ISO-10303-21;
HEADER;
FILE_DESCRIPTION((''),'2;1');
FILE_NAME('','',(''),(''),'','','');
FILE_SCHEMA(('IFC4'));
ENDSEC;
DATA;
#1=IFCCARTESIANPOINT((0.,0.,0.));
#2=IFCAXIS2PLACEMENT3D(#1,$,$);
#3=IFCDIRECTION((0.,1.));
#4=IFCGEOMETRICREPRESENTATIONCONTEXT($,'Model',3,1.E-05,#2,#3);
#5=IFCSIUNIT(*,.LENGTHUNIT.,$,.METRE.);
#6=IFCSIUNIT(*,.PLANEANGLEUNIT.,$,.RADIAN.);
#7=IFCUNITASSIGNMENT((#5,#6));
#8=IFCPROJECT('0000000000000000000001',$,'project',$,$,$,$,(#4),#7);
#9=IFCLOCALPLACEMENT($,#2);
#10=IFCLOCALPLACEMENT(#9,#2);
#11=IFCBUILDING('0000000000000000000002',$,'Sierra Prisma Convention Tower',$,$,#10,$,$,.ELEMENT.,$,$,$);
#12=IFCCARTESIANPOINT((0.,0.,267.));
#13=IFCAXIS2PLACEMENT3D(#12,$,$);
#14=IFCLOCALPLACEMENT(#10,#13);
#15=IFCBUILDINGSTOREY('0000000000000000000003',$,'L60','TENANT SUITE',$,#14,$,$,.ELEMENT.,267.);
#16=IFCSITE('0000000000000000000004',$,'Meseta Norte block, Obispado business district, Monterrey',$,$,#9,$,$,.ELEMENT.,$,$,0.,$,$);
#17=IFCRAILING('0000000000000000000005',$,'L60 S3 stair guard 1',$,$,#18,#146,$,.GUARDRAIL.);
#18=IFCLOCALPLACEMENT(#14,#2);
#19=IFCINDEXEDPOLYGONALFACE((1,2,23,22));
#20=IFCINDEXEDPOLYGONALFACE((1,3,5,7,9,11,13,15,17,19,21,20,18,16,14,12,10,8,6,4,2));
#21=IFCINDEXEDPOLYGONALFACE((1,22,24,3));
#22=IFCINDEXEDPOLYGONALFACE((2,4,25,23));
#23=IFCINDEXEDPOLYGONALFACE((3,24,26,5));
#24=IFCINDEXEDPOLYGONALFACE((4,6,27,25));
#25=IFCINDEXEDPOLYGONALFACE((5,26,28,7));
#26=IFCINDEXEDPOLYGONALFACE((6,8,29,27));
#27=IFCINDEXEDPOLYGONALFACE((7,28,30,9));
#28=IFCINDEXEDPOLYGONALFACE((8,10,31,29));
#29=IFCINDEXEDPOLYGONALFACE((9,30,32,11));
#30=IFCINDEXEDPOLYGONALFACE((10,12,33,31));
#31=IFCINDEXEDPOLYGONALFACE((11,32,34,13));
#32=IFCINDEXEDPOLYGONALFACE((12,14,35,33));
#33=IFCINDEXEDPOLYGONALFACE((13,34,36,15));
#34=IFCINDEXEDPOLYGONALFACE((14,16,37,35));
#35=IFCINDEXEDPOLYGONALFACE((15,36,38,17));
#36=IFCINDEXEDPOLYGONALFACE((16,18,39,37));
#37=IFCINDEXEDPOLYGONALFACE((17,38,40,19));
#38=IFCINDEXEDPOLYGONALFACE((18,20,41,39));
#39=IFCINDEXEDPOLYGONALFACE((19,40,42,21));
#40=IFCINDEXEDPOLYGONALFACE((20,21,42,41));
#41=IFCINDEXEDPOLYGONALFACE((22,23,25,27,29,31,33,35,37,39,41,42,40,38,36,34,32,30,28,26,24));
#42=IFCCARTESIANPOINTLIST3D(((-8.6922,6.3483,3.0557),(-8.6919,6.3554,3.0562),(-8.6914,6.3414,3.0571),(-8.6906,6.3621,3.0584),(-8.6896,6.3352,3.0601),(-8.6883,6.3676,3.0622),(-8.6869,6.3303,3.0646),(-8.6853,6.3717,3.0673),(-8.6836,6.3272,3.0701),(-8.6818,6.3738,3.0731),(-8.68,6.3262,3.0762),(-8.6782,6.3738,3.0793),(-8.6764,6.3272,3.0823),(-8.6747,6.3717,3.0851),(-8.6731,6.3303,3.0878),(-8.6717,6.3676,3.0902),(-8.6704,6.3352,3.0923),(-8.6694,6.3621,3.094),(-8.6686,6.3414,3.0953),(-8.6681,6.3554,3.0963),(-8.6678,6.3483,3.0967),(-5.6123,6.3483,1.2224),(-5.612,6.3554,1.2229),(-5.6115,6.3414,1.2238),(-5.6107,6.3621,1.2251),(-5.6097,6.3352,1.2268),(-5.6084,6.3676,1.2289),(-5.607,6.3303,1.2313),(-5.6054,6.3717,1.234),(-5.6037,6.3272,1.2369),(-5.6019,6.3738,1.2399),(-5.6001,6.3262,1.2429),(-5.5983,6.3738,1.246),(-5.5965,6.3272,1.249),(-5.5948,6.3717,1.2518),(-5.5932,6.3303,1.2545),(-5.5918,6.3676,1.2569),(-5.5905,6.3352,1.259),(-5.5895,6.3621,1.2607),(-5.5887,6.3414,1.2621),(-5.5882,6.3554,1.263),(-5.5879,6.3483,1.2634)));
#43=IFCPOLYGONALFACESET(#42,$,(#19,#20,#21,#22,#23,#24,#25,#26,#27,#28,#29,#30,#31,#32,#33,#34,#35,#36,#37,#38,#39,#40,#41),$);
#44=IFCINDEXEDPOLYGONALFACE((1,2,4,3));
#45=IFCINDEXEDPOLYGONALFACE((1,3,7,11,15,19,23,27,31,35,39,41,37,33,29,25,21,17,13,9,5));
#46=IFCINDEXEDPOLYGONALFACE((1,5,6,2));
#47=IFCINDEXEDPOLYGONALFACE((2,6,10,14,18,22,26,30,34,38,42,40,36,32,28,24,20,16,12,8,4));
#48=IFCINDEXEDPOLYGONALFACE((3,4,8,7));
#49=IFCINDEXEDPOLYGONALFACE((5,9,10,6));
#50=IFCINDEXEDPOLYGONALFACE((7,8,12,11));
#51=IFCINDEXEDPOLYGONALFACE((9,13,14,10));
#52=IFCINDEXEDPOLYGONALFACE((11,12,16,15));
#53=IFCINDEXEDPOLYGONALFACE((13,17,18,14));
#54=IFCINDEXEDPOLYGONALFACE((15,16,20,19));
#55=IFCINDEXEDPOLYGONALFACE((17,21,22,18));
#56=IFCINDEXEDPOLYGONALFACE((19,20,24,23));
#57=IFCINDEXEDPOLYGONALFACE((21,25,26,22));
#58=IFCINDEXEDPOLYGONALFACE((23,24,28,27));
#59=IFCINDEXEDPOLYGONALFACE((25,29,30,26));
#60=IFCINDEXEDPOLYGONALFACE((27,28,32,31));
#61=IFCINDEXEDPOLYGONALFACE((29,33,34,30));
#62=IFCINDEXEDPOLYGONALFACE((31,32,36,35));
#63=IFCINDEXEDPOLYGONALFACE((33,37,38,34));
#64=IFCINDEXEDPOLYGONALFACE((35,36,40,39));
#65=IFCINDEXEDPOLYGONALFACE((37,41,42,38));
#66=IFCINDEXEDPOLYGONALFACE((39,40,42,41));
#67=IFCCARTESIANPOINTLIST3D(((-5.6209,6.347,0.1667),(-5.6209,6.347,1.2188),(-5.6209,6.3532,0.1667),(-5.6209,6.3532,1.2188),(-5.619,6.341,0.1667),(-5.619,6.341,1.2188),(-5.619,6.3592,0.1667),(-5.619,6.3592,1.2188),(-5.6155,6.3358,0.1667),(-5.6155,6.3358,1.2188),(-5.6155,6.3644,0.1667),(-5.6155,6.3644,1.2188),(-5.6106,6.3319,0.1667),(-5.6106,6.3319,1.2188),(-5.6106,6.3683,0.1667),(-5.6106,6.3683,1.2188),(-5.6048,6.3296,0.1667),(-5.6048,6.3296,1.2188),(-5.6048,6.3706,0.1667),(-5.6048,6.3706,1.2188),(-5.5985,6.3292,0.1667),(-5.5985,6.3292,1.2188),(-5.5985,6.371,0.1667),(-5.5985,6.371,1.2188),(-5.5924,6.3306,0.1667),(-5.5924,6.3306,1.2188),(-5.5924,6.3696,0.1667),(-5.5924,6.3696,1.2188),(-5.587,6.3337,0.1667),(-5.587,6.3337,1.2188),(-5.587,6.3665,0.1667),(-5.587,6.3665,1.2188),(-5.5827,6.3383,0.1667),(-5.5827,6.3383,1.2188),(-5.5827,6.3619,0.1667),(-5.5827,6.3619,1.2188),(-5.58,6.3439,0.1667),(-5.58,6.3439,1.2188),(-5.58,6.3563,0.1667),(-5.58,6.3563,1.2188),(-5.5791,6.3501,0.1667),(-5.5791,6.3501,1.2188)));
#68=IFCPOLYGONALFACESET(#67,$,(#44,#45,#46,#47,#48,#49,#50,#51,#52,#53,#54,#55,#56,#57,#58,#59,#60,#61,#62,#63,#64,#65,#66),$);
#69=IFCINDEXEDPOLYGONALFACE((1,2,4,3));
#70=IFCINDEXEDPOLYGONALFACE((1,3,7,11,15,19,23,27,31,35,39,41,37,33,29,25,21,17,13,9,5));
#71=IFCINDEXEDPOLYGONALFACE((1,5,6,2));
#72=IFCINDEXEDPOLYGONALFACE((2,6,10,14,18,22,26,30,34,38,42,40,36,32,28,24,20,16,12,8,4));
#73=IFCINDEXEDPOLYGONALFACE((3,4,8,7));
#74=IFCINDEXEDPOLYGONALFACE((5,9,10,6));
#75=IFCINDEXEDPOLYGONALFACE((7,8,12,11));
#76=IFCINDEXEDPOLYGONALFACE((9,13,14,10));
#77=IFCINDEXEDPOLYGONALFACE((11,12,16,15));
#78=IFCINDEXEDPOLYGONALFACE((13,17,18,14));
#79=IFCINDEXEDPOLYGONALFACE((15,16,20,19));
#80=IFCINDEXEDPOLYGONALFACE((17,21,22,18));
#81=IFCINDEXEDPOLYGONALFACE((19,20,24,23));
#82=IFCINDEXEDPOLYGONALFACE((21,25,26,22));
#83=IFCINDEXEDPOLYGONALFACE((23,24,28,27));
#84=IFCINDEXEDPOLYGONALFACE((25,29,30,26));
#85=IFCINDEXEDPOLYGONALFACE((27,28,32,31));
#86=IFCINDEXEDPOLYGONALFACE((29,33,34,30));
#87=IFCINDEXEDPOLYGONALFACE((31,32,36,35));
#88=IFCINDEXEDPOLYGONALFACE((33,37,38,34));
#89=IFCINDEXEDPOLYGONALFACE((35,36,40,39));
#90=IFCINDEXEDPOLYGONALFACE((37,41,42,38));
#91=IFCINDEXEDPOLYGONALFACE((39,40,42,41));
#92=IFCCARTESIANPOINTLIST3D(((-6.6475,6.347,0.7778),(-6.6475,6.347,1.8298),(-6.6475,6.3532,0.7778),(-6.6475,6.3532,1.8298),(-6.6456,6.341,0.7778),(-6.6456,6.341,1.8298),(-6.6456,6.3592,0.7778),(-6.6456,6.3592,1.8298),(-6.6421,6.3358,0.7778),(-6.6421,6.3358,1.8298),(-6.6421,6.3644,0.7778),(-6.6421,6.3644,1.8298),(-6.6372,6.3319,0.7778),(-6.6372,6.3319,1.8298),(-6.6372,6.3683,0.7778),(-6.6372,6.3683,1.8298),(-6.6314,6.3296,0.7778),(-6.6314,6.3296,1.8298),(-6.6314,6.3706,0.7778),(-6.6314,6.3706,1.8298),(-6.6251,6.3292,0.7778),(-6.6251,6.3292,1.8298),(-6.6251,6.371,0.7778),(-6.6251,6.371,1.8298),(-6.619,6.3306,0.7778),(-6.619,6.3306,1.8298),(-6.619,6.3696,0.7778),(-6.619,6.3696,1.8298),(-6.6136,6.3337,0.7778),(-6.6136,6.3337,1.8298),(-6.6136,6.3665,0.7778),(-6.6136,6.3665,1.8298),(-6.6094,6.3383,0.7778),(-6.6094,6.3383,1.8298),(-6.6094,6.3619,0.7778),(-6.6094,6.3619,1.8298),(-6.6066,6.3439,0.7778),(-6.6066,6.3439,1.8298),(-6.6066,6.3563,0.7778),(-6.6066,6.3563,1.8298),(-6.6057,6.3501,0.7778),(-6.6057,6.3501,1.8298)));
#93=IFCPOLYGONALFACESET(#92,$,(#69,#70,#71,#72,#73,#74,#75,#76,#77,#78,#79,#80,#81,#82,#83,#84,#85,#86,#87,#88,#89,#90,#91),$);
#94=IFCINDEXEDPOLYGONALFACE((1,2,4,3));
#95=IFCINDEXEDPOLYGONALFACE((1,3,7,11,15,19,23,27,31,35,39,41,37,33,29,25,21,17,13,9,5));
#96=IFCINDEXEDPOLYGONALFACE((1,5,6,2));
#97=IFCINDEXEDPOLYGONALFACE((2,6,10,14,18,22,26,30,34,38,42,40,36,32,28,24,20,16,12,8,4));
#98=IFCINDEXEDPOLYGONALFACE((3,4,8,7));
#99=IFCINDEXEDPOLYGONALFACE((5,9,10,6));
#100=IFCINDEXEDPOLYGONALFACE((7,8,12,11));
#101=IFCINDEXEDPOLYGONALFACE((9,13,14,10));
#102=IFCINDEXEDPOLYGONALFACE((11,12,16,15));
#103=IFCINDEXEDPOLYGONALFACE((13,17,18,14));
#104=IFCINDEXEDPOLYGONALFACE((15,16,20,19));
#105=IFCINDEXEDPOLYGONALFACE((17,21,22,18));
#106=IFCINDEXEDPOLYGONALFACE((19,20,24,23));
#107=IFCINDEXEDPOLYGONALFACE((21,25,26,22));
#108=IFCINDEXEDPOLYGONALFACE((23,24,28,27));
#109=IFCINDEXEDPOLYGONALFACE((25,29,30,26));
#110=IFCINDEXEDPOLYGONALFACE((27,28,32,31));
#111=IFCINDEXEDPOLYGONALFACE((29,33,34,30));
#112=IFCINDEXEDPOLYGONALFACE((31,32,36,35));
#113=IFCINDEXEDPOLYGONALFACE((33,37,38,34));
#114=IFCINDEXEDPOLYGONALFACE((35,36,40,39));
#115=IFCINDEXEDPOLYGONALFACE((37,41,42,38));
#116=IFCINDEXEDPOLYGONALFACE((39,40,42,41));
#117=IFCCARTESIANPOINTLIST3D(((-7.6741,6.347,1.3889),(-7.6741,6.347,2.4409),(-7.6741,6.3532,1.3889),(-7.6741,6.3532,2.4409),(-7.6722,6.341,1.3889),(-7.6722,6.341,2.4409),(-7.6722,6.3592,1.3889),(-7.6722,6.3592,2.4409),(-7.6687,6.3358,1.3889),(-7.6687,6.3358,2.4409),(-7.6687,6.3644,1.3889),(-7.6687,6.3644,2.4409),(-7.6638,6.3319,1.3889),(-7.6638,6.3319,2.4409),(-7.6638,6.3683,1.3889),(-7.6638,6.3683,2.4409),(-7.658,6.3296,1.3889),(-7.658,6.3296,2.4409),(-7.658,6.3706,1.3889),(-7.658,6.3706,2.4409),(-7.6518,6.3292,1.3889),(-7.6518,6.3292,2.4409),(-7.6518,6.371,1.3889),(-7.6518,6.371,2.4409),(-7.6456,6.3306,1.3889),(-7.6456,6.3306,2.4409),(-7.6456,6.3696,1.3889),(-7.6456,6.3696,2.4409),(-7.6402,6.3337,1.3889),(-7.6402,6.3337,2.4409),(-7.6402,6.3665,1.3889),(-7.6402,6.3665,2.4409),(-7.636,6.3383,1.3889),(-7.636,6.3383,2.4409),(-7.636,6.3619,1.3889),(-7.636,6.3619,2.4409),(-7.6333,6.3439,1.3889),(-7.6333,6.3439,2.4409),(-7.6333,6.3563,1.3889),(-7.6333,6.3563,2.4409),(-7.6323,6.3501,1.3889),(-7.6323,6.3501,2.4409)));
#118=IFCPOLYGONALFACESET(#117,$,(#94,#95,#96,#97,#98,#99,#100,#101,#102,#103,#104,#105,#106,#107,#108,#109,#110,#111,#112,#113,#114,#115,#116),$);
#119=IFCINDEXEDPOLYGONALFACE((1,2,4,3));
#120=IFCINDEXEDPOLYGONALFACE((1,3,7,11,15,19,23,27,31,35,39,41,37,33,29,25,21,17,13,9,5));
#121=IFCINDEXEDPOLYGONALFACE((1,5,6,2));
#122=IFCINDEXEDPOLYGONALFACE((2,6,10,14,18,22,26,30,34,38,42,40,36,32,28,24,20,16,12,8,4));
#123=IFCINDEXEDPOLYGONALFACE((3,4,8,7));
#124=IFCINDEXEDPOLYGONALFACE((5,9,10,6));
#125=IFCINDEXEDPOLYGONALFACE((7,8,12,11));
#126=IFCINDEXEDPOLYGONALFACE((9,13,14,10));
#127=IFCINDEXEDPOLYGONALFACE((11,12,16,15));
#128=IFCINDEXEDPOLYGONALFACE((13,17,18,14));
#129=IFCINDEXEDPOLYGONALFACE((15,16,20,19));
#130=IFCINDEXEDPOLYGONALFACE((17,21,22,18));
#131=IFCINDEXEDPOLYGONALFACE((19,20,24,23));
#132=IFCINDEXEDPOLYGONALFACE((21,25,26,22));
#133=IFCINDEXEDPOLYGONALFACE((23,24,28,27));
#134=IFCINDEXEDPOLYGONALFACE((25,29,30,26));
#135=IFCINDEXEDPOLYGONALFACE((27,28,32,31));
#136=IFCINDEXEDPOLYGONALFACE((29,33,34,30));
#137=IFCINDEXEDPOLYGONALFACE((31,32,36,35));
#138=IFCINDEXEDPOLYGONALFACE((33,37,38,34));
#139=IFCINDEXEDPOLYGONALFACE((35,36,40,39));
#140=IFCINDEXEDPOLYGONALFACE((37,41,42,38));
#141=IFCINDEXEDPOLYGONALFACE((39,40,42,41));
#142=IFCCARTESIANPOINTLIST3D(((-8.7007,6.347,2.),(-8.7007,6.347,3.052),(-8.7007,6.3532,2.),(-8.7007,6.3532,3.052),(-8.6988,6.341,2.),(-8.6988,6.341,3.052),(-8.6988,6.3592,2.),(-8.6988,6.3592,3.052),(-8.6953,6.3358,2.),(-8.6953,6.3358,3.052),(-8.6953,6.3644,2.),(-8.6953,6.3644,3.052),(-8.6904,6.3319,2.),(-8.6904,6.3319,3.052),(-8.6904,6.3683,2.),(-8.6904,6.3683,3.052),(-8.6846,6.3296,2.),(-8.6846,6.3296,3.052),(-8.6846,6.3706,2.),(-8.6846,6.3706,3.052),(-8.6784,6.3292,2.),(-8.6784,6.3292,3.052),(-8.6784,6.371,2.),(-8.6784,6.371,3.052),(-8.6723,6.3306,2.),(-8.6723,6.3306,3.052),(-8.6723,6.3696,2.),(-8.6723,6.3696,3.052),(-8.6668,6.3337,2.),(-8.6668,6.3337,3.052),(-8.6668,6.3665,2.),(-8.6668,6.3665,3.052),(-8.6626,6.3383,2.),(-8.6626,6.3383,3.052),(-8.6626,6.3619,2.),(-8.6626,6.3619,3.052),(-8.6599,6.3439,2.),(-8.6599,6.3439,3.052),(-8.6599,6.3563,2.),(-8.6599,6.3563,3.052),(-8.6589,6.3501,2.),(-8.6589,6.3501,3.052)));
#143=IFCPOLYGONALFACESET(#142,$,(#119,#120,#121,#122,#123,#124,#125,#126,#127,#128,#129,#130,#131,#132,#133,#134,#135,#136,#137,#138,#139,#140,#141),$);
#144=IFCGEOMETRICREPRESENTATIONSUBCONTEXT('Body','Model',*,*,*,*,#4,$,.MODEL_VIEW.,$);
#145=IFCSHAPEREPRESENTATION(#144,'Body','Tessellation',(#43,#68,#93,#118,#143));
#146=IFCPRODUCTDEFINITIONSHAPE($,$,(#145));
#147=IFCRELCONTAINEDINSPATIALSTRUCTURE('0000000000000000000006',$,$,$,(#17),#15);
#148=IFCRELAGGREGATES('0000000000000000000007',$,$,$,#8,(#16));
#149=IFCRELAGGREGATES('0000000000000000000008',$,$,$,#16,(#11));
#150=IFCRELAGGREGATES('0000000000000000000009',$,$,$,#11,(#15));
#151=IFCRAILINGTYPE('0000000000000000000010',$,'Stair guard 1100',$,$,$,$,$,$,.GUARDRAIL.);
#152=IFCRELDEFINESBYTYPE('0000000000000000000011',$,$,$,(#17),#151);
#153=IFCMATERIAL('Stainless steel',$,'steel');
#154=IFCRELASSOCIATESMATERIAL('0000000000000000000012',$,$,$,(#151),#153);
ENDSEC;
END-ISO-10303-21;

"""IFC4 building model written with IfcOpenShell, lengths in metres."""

from ifc_helpers import new_model, si_unit, direction, frame, origin, origin_2d, place, context, subcontext, project, spatial, circle, extrude, material, type_object, element, save


model = new_model("IFC4")

# Units and contexts
model_context = context("Model", 3, precision=1e-05, world=origin(), true_north=direction((0.0, 1.0)))
body_context = subcontext(model_context, "Body", "Model", "MODEL_VIEW")
ifc_project = project(units=[si_unit("LENGTHUNIT", "METRE"), si_unit("PLANEANGLEUNIT", "RADIAN")], contexts=[model_context])

# Site, building, storey
site_placement = place(None, origin())
site = spatial("IfcSite", under=ifc_project, at=site_placement, Name="Meseta Norte block, Obispado business district, Monterrey", CompositionType="ELEMENT", RefElevation=0.0)
building_placement = place(site_placement, origin())
building = spatial("IfcBuilding", under=site, at=building_placement, Name="Sierra Prisma Convention Tower", CompositionType="ELEMENT")
storey_placement = place(building_placement, frame((0.0, 0.0, 267.0)))
storey = spatial("IfcBuildingStorey", under=building, at=storey_placement, Name="L60", Description="TENANT SUITE", CompositionType="ELEMENT", Elevation=267.0)

# Railing
ifc_material_1 = material(Name="Stainless steel", Category="steel")
railing_type_1 = type_object("IfcRailingType", Name="Stair guard 1100", PredefinedType="GUARDRAIL", material=ifc_material_1)
railing_1_placement = place(storey_placement, frame((-5.6001, 6.3501, 0.1667)))
element("IfcRailing", 1, at=railing_1_placement, inside=storey, type_object=railing_type_1, Name="L60 S3 stair guard 1", PredefinedType="GUARDRAIL", context=body_context, shape_type="SweptSolid", body=[
    extrude(circle(Radius=0.0239, at=origin_2d()), frame((0.0, 0.0, 1.0762), z_axis=(-0.859291, 0.0, 0.511487), x_axis=(0.0, -1.0, 0.0)), (0.0, 0.0, 1.0), 3.5842),
    extrude(circle(Radius=0.021, at=origin_2d()), origin(), (0.0, 0.0, 1.0), 1.052),
    extrude(circle(Radius=0.021, at=origin_2d()), frame((-1.0266, 0.0, 0.6111)), (0.0, 0.0, 1.0), 1.052),
    extrude(circle(Radius=0.021, at=origin_2d()), frame((-2.0532, 0.0, 1.2222)), (0.0, 0.0, 1.0), 1.052),
    extrude(circle(Radius=0.021, at=origin_2d()), frame((-3.0798, 0.0, 1.8333)), (0.0, 0.0, 1.0), 1.052),
])

save(model, "model.ifc")
